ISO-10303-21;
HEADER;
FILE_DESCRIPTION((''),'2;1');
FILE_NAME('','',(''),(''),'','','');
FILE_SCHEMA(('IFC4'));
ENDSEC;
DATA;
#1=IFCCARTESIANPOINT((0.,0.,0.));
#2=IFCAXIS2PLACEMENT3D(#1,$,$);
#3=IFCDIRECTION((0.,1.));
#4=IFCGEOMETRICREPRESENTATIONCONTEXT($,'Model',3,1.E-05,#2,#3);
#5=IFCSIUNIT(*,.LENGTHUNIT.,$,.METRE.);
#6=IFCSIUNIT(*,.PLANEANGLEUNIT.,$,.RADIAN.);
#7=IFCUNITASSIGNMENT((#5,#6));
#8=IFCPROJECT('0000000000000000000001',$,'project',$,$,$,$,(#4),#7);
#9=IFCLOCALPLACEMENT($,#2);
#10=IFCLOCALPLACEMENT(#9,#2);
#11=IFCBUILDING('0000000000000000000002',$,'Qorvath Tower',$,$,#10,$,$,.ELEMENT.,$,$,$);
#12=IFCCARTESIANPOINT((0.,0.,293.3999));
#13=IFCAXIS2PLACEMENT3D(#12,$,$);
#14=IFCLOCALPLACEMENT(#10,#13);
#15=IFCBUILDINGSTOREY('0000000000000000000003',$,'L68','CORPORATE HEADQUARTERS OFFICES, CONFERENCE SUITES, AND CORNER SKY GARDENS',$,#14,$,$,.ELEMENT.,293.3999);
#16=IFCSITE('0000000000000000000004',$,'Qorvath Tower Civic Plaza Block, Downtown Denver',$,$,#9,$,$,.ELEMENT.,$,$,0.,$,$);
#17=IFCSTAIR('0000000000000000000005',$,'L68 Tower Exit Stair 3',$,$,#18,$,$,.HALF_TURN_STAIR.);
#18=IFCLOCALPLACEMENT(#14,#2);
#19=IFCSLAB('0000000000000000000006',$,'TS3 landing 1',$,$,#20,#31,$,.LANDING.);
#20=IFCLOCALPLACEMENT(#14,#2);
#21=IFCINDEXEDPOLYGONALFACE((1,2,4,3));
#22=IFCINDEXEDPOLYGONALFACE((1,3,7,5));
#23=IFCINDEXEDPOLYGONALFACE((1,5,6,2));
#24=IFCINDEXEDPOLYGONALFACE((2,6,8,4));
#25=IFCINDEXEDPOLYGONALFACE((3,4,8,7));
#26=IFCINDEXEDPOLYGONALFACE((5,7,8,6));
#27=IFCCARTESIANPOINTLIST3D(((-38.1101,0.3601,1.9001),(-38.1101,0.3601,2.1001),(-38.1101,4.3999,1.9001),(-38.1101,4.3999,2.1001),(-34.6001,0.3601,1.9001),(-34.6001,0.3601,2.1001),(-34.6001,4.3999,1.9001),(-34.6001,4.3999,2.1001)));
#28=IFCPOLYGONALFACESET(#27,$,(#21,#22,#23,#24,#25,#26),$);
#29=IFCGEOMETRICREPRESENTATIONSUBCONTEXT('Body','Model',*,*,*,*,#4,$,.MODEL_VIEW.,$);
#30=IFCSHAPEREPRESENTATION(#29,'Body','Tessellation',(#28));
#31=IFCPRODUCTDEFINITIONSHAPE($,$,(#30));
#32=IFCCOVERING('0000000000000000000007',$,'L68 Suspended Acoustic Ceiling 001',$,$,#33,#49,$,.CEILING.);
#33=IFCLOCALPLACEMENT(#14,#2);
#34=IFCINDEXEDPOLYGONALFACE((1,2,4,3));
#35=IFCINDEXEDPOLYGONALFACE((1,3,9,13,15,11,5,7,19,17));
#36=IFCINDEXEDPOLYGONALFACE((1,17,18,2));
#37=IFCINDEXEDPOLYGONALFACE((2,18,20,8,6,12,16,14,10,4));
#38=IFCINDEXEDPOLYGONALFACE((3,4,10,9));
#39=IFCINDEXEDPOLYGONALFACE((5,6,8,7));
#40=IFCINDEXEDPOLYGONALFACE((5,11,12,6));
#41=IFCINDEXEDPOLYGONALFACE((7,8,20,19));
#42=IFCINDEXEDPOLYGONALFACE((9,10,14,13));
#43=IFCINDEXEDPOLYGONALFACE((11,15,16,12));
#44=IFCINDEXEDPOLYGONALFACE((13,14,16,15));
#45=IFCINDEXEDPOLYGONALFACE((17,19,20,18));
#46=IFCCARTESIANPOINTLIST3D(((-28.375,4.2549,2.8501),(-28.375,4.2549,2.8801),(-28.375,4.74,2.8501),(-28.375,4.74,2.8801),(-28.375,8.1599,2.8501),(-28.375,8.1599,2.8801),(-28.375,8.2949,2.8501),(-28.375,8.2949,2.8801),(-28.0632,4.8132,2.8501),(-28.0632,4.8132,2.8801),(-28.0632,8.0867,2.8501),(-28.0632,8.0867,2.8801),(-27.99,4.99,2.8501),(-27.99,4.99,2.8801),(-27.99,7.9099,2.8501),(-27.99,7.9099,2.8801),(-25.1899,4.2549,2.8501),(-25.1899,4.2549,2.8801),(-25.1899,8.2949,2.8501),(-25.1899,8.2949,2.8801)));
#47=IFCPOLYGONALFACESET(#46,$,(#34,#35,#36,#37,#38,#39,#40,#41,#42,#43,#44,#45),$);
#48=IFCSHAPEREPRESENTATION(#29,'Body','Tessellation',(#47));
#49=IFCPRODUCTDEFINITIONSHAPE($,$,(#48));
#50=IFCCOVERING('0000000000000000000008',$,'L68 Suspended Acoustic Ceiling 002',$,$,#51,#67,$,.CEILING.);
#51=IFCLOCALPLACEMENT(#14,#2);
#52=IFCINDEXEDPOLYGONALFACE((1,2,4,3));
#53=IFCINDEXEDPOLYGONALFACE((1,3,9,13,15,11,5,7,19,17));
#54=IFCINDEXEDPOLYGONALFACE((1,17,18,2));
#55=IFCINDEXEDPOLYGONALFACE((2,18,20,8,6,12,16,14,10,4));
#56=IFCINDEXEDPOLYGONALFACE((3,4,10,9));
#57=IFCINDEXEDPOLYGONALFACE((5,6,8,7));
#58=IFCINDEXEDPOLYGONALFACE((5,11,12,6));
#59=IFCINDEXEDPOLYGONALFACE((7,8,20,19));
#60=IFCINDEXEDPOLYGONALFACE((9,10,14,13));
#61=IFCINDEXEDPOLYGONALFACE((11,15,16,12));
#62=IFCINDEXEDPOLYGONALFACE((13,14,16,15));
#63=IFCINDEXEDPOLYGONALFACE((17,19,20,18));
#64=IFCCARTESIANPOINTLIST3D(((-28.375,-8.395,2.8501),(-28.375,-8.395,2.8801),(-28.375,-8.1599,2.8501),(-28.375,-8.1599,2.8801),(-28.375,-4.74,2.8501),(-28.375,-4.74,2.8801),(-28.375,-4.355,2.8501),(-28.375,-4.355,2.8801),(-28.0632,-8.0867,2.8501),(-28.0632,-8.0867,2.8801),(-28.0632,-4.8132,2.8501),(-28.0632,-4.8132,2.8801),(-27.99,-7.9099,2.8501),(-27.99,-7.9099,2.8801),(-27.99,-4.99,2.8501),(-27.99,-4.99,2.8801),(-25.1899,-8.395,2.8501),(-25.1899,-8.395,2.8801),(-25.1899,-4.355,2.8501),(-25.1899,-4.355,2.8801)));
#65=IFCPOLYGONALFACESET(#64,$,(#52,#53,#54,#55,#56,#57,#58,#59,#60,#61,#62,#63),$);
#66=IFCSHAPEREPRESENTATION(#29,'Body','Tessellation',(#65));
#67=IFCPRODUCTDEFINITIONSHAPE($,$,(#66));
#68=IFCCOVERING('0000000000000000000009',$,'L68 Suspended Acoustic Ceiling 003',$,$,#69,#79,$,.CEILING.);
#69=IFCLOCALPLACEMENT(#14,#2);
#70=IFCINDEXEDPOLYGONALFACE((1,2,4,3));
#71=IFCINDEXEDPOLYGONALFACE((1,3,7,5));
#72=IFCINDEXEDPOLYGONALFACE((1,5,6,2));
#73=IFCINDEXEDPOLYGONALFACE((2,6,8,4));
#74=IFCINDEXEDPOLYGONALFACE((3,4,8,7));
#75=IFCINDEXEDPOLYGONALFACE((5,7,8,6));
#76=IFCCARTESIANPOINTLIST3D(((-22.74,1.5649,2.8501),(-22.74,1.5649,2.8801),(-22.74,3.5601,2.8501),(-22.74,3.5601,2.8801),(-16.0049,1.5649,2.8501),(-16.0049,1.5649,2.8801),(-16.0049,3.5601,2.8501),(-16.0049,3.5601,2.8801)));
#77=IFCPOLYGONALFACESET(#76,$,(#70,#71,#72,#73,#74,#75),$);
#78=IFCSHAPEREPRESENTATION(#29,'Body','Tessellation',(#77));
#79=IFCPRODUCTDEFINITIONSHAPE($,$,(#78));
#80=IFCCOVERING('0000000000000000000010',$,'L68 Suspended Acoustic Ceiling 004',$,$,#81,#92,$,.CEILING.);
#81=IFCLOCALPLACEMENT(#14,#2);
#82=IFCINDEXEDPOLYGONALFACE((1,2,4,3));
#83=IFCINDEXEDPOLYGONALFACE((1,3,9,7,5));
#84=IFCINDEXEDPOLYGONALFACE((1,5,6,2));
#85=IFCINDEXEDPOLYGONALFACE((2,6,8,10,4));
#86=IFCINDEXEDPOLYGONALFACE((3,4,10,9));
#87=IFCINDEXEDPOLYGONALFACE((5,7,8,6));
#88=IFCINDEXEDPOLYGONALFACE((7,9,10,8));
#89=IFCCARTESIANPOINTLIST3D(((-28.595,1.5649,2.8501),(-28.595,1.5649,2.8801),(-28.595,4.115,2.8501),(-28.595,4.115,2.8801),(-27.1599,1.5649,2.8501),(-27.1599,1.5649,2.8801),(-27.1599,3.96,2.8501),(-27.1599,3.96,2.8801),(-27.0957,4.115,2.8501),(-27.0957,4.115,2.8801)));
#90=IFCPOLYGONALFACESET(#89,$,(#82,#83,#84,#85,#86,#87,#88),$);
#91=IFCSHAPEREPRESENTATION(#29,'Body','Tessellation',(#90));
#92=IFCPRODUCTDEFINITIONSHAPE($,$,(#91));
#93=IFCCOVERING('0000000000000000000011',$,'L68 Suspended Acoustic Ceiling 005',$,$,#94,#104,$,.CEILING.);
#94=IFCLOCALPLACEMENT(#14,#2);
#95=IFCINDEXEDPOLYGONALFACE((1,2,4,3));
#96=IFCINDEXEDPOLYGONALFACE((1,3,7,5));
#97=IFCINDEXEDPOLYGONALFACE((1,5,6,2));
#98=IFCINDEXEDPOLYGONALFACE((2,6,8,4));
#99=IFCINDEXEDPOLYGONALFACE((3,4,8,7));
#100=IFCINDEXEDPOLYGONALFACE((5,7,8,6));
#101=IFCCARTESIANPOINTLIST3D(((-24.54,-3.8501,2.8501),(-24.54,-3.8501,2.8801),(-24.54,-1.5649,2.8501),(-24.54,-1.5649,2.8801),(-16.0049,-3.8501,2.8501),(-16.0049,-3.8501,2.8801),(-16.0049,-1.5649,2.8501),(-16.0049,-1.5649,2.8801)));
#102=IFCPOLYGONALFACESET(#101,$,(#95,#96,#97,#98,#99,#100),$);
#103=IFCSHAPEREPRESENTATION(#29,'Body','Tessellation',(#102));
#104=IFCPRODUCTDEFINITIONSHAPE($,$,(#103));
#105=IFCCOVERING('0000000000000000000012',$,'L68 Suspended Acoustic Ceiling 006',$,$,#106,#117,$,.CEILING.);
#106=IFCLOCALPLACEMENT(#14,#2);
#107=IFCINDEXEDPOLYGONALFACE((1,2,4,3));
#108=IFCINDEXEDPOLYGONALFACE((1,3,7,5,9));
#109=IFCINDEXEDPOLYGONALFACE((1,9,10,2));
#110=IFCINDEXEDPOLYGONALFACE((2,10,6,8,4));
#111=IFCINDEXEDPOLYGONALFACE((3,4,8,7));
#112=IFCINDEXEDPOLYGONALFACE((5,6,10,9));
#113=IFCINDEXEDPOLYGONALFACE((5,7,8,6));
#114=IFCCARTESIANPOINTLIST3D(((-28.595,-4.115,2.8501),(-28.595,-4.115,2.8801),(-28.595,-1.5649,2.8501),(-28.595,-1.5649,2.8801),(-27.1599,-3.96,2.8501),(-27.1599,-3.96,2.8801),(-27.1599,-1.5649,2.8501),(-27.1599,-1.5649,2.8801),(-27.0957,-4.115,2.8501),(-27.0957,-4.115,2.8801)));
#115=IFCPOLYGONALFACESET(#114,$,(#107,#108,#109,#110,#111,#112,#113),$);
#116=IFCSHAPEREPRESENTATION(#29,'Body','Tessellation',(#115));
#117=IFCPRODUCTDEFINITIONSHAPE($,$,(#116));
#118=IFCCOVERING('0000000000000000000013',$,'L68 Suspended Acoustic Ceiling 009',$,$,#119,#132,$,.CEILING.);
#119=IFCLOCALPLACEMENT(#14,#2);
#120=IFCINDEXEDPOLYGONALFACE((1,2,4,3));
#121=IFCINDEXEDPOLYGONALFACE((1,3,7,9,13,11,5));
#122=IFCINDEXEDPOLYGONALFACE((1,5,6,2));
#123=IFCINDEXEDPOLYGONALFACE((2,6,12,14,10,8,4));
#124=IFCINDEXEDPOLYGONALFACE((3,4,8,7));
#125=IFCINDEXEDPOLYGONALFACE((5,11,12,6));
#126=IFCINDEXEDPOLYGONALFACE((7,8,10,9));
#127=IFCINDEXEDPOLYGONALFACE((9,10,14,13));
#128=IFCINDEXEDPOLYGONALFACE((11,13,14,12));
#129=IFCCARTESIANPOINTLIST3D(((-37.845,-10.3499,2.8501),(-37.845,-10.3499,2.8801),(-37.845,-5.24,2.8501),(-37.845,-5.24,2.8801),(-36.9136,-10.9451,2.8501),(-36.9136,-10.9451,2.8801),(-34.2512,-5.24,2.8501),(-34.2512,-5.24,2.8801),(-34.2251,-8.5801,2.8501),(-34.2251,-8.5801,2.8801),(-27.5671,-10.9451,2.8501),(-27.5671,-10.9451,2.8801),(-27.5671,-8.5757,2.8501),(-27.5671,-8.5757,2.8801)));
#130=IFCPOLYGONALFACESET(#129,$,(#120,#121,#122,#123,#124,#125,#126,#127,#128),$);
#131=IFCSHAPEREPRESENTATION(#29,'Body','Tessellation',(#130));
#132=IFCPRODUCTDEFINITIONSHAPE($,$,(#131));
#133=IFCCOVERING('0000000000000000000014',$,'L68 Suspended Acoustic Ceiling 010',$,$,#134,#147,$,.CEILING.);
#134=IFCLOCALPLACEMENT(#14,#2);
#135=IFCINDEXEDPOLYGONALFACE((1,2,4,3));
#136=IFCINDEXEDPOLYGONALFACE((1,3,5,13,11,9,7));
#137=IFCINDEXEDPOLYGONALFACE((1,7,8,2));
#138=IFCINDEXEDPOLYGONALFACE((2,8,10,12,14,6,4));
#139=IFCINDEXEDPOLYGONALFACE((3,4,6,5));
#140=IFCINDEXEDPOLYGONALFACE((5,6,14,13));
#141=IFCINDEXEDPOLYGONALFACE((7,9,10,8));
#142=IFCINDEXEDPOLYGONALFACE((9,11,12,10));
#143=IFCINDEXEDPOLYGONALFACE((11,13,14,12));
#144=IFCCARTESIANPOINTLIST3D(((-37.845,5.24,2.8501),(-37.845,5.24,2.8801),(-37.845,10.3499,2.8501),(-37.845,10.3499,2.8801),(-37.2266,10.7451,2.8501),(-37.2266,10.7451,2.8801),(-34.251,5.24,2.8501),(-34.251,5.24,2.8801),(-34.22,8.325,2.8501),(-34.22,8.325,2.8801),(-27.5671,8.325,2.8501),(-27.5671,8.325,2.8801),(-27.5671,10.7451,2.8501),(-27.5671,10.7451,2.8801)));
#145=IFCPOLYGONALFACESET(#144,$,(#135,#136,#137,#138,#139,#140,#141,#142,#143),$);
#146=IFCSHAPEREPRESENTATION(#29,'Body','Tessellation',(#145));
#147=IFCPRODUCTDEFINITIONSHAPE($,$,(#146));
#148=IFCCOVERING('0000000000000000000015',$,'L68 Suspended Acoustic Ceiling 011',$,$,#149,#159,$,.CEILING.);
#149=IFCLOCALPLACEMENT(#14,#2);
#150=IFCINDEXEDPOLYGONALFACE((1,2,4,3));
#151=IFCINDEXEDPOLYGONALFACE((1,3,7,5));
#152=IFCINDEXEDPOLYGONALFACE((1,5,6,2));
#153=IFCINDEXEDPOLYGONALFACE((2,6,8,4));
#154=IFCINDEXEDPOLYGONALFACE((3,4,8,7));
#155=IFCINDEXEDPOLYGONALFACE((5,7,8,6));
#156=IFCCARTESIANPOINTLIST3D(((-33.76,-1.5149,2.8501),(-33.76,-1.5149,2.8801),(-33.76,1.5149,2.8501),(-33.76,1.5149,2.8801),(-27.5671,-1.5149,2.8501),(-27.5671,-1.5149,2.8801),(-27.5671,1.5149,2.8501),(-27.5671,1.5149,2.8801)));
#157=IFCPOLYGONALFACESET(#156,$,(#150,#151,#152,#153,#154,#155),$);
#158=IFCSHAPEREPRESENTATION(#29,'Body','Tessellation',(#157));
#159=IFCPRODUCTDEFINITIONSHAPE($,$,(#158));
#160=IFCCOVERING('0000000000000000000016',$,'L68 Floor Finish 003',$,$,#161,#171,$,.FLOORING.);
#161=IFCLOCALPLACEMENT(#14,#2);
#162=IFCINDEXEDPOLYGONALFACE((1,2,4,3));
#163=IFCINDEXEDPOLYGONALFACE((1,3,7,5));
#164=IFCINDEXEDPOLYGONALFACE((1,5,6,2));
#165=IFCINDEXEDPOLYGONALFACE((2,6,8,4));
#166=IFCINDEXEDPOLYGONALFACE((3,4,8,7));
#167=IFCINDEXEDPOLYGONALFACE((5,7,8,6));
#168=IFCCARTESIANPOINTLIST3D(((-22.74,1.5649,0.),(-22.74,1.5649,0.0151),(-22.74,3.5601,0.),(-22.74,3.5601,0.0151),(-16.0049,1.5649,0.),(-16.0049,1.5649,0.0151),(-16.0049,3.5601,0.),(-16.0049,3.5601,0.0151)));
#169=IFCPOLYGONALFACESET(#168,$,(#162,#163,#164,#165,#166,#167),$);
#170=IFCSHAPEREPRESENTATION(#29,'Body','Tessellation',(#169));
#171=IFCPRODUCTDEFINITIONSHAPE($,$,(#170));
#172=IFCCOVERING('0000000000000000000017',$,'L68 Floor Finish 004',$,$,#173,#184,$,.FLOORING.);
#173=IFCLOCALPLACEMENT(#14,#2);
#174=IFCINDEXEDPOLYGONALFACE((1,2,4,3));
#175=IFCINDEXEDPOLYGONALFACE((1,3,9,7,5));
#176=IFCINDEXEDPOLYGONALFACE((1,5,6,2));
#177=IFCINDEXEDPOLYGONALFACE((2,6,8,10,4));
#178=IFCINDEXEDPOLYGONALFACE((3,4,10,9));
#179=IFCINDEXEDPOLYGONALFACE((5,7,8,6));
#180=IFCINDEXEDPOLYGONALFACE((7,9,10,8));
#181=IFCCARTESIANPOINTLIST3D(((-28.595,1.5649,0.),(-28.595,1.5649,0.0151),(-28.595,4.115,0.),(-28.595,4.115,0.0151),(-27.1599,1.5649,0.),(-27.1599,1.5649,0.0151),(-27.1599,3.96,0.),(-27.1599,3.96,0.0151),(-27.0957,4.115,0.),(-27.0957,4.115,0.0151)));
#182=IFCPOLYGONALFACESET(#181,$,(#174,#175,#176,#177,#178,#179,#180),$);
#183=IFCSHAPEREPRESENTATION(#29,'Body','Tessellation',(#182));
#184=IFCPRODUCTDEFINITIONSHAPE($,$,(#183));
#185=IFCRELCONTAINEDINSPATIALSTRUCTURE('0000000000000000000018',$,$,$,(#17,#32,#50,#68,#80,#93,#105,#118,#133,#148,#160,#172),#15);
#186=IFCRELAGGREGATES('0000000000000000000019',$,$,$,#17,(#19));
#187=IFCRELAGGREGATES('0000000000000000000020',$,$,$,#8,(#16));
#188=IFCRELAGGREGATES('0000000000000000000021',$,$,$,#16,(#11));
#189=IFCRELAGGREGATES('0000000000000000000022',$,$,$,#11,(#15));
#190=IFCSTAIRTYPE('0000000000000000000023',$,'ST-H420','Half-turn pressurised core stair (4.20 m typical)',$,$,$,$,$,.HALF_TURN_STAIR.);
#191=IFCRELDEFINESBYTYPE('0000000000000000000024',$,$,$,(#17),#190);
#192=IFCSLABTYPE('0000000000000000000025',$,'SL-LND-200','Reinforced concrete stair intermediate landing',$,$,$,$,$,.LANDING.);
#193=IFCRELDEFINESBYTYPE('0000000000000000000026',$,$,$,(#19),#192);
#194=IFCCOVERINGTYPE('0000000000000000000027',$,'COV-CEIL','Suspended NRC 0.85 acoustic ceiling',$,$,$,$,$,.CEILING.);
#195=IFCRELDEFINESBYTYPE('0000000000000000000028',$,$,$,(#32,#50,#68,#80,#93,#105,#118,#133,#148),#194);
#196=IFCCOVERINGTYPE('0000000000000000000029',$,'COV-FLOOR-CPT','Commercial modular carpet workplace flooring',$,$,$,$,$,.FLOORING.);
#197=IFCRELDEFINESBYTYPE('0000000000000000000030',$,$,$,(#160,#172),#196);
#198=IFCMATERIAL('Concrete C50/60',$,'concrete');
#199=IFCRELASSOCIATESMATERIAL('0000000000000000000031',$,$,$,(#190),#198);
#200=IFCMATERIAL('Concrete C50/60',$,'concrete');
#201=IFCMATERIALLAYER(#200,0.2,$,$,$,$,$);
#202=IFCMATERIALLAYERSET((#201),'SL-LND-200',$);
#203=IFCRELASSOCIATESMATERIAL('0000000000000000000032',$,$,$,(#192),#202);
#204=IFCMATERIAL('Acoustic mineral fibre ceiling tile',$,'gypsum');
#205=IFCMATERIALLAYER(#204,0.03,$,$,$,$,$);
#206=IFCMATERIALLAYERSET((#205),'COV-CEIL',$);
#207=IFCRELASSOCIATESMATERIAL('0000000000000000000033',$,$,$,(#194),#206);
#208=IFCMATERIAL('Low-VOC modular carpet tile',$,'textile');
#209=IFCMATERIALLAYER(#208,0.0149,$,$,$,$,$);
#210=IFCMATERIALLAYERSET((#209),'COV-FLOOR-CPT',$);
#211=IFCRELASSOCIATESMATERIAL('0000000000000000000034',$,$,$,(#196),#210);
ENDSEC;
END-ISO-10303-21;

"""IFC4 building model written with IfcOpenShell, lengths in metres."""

from ifc_helpers import new_model, si_unit, direction, frame, origin, place, context, subcontext, project, spatial, polyline, outline, extrude, material, layer, layer_set, type_object, element, aggregate, save


model = new_model("IFC4")

# Units and contexts
model_context = context("Model", 3, precision=1e-05, world=origin(), true_north=direction((0.0, 1.0)))
body_context = subcontext(model_context, "Body", "Model", "MODEL_VIEW")
ifc_project = project(units=[si_unit("LENGTHUNIT", "METRE"), si_unit("PLANEANGLEUNIT", "RADIAN")], contexts=[model_context])

# Site, building, storey
site_placement = place(None, origin())
site = spatial("IfcSite", under=ifc_project, at=site_placement, Name="Qorvath Tower Civic Plaza Block, Downtown Denver", CompositionType="ELEMENT", RefElevation=0.0)
building_placement = place(site_placement, origin())
building = spatial("IfcBuilding", under=site, at=building_placement, Name="Qorvath Tower", CompositionType="ELEMENT")
storey_placement = place(building_placement, frame((0.0, 0.0, 293.3999)))
storey = spatial("IfcBuildingStorey", under=building, at=storey_placement, Name="L68", Description="CORPORATE HEADQUARTERS OFFICES, CONFERENCE SUITES, AND CORNER SKY GARDENS", CompositionType="ELEMENT", Elevation=293.3999)

# Stair, slab
ifc_material_1 = material(Name="Concrete C50/60", Category="concrete")
stair_type = type_object("IfcStairType", Name="ST-H420", Description="Half-turn pressurised core stair (4.20 m typical)", PredefinedType="HALF_TURN_STAIR", material=ifc_material_1)
stair_placement = place(storey_placement, origin())
stair = element("IfcStair", 1, at=stair_placement, inside=storey, type_object=stair_type, Name="L68 Tower Exit Stair 3", PredefinedType="HALF_TURN_STAIR")
ifc_material_2 = material(Name="Concrete C50/60", Category="concrete")
ifc_layer_1 = layer(ifc_material_2, 0.2)
ifc_layer_set_1 = layer_set([ifc_layer_1], Name="SL-LND-200")
slab_type = type_object("IfcSlabType", Name="SL-LND-200", Description="Reinforced concrete stair intermediate landing", PredefinedType="LANDING", material=ifc_layer_set_1)
slab_placement = place(storey_placement, frame((0.0, 0.0, 1.9001)))
slab = element("IfcSlab", 2, at=slab_placement, type_object=slab_type, Name="TS3 landing 1", PredefinedType="LANDING", context=body_context, shape_type="SweptSolid", body=[
    extrude(outline(polyline([(-34.6001, 0.3601), (-34.6001, 4.3999), (-38.1101, 4.3999), (-38.1101, 0.3601), (-34.6001, 0.3601)])), origin(), (0.0, 0.0, 1.0), 0.2),
])
aggregate(stair, [slab])

# Coverings
ifc_material_3 = material(Name="Acoustic mineral fibre ceiling tile", Category="gypsum")
ifc_layer_2 = layer(ifc_material_3, 0.03)
ifc_layer_set_2 = layer_set([ifc_layer_2], Name="COV-CEIL")
covering_type_1 = type_object("IfcCoveringType", Name="COV-CEIL", Description="Suspended NRC 0.85 acoustic ceiling", PredefinedType="CEILING", material=ifc_layer_set_2)
covering_1_placement = place(storey_placement, frame((0.0, 0.0, 2.8501)))
element("IfcCovering", 3, at=covering_1_placement, inside=storey, type_object=covering_type_1, Name="L68 Suspended Acoustic Ceiling 001", PredefinedType="CEILING", context=body_context, shape_type="SweptSolid", body=[
    extrude(outline(polyline([(-25.1899, 4.2549), (-25.1899, 8.2949), (-28.375, 8.2949), (-28.375, 8.1599), (-28.0632, 8.0867), (-27.99, 7.9099), (-27.99, 4.99), (-28.0632, 4.8132), (-28.375, 4.74), (-28.375, 4.2549), (-25.1899, 4.2549)])), origin(), (0.0, 0.0, 1.0), 0.03),
])
covering_2_placement = place(storey_placement, frame((0.0, 0.0, 2.8501)))
element("IfcCovering", 4, at=covering_2_placement, inside=storey, type_object=covering_type_1, Name="L68 Suspended Acoustic Ceiling 002", PredefinedType="CEILING", context=body_context, shape_type="SweptSolid", body=[
    extrude(outline(polyline([(-25.1899, -8.395), (-25.1899, -4.355), (-28.375, -4.355), (-28.375, -4.74), (-28.0632, -4.8132), (-27.99, -4.99), (-27.99, -7.9099), (-28.0632, -8.0867), (-28.375, -8.1599), (-28.375, -8.395), (-25.1899, -8.395)])), origin(), (0.0, 0.0, 1.0), 0.03),
])
covering_3_placement = place(storey_placement, frame((0.0, 0.0, 2.8501)))
element("IfcCovering", 5, at=covering_3_placement, inside=storey, type_object=covering_type_1, Name="L68 Suspended Acoustic Ceiling 003", PredefinedType="CEILING", context=body_context, shape_type="SweptSolid", body=[
    extrude(outline(polyline([(-16.0049, 3.5601), (-22.74, 3.5601), (-22.74, 1.5649), (-16.0049, 1.5649), (-16.0049, 3.5601)])), origin(), (0.0, 0.0, 1.0), 0.03),
])
covering_4_placement = place(storey_placement, frame((0.0, 0.0, 2.8501)))
element("IfcCovering", 6, at=covering_4_placement, inside=storey, type_object=covering_type_1, Name="L68 Suspended Acoustic Ceiling 004", PredefinedType="CEILING", context=body_context, shape_type="SweptSolid", body=[
    extrude(outline(polyline([(-27.1599, 1.5649), (-27.1599, 3.96), (-27.0957, 4.115), (-28.595, 4.115), (-28.595, 1.5649), (-27.1599, 1.5649)])), origin(), (0.0, 0.0, 1.0), 0.03),
])
covering_5_placement = place(storey_placement, frame((0.0, 0.0, 2.8501)))
element("IfcCovering", 7, at=covering_5_placement, inside=storey, type_object=covering_type_1, Name="L68 Suspended Acoustic Ceiling 005", PredefinedType="CEILING", context=body_context, shape_type="SweptSolid", body=[
    extrude(outline(polyline([(-24.54, -1.5649), (-24.54, -3.8501), (-16.0049, -3.8501), (-16.0049, -1.5649), (-24.54, -1.5649)])), origin(), (0.0, 0.0, 1.0), 0.03),
])
covering_6_placement = place(storey_placement, frame((0.0, 0.0, 2.8501)))
element("IfcCovering", 8, at=covering_6_placement, inside=storey, type_object=covering_type_1, Name="L68 Suspended Acoustic Ceiling 006", PredefinedType="CEILING", context=body_context, shape_type="SweptSolid", body=[
    extrude(outline(polyline([(-27.0957, -4.115), (-27.1599, -3.96), (-27.1599, -1.5649), (-28.595, -1.5649), (-28.595, -4.115), (-27.0957, -4.115)])), origin(), (0.0, 0.0, 1.0), 0.03),
])
covering_7_placement = place(storey_placement, frame((0.0, 0.0, 2.8501)))
element("IfcCovering", 9, at=covering_7_placement, inside=storey, type_object=covering_type_1, Name="L68 Suspended Acoustic Ceiling 009", PredefinedType="CEILING", context=body_context, shape_type="SweptSolid", body=[
    extrude(outline(polyline([(-34.2251, -8.5801), (-34.2512, -5.24), (-37.845, -5.24), (-37.845, -10.3499), (-36.9136, -10.9451), (-27.5671, -10.9451), (-27.5671, -8.5757), (-34.2251, -8.5801)])), origin(), (0.0, 0.0, 1.0), 0.03),
])
covering_8_placement = place(storey_placement, frame((0.0, 0.0, 2.8501)))
element("IfcCovering", 10, at=covering_8_placement, inside=storey, type_object=covering_type_1, Name="L68 Suspended Acoustic Ceiling 010", PredefinedType="CEILING", context=body_context, shape_type="SweptSolid", body=[
    extrude(outline(polyline([(-27.5671, 8.325), (-27.5671, 10.7451), (-37.2266, 10.7451), (-37.845, 10.3499), (-37.845, 5.24), (-34.251, 5.24), (-34.22, 8.325), (-27.5671, 8.325)])), origin(), (0.0, 0.0, 1.0), 0.03),
])
covering_9_placement = place(storey_placement, frame((0.0, 0.0, 2.8501)))
element("IfcCovering", 11, at=covering_9_placement, inside=storey, type_object=covering_type_1, Name="L68 Suspended Acoustic Ceiling 011", PredefinedType="CEILING", context=body_context, shape_type="SweptSolid", body=[
    extrude(outline(polyline([(-27.5671, -1.5149), (-27.5671, 1.5149), (-33.76, 1.5149), (-33.76, -1.5149), (-27.5671, -1.5149)])), origin(), (0.0, 0.0, 1.0), 0.03),
])
ifc_material_4 = material(Name="Low-VOC modular carpet tile", Category="textile")
ifc_layer_3 = layer(ifc_material_4, 0.0149)
ifc_layer_set_3 = layer_set([ifc_layer_3], Name="COV-FLOOR-CPT")
covering_type_2 = type_object("IfcCoveringType", Name="COV-FLOOR-CPT", Description="Commercial modular carpet workplace flooring", PredefinedType="FLOORING", material=ifc_layer_set_3)
covering_10_placement = place(storey_placement, origin())
element("IfcCovering", 12, at=covering_10_placement, inside=storey, type_object=covering_type_2, Name="L68 Floor Finish 003", PredefinedType="FLOORING", context=body_context, shape_type="SweptSolid", body=[
    extrude(outline(polyline([(-16.0049, 3.5601), (-22.74, 3.5601), (-22.74, 1.5649), (-16.0049, 1.5649), (-16.0049, 3.5601)])), origin(), (0.0, 0.0, 1.0), 0.0151),
])
covering_11_placement = place(storey_placement, origin())
element("IfcCovering", 13, at=covering_11_placement, inside=storey, type_object=covering_type_2, Name="L68 Floor Finish 004", PredefinedType="FLOORING", context=body_context, shape_type="SweptSolid", body=[
    extrude(outline(polyline([(-27.1599, 1.5649), (-27.1599, 3.96), (-27.0957, 4.115), (-28.595, 4.115), (-28.595, 1.5649), (-27.1599, 1.5649)])), origin(), (0.0, 0.0, 1.0), 0.0151),
])

save(model, "model.ifc")
